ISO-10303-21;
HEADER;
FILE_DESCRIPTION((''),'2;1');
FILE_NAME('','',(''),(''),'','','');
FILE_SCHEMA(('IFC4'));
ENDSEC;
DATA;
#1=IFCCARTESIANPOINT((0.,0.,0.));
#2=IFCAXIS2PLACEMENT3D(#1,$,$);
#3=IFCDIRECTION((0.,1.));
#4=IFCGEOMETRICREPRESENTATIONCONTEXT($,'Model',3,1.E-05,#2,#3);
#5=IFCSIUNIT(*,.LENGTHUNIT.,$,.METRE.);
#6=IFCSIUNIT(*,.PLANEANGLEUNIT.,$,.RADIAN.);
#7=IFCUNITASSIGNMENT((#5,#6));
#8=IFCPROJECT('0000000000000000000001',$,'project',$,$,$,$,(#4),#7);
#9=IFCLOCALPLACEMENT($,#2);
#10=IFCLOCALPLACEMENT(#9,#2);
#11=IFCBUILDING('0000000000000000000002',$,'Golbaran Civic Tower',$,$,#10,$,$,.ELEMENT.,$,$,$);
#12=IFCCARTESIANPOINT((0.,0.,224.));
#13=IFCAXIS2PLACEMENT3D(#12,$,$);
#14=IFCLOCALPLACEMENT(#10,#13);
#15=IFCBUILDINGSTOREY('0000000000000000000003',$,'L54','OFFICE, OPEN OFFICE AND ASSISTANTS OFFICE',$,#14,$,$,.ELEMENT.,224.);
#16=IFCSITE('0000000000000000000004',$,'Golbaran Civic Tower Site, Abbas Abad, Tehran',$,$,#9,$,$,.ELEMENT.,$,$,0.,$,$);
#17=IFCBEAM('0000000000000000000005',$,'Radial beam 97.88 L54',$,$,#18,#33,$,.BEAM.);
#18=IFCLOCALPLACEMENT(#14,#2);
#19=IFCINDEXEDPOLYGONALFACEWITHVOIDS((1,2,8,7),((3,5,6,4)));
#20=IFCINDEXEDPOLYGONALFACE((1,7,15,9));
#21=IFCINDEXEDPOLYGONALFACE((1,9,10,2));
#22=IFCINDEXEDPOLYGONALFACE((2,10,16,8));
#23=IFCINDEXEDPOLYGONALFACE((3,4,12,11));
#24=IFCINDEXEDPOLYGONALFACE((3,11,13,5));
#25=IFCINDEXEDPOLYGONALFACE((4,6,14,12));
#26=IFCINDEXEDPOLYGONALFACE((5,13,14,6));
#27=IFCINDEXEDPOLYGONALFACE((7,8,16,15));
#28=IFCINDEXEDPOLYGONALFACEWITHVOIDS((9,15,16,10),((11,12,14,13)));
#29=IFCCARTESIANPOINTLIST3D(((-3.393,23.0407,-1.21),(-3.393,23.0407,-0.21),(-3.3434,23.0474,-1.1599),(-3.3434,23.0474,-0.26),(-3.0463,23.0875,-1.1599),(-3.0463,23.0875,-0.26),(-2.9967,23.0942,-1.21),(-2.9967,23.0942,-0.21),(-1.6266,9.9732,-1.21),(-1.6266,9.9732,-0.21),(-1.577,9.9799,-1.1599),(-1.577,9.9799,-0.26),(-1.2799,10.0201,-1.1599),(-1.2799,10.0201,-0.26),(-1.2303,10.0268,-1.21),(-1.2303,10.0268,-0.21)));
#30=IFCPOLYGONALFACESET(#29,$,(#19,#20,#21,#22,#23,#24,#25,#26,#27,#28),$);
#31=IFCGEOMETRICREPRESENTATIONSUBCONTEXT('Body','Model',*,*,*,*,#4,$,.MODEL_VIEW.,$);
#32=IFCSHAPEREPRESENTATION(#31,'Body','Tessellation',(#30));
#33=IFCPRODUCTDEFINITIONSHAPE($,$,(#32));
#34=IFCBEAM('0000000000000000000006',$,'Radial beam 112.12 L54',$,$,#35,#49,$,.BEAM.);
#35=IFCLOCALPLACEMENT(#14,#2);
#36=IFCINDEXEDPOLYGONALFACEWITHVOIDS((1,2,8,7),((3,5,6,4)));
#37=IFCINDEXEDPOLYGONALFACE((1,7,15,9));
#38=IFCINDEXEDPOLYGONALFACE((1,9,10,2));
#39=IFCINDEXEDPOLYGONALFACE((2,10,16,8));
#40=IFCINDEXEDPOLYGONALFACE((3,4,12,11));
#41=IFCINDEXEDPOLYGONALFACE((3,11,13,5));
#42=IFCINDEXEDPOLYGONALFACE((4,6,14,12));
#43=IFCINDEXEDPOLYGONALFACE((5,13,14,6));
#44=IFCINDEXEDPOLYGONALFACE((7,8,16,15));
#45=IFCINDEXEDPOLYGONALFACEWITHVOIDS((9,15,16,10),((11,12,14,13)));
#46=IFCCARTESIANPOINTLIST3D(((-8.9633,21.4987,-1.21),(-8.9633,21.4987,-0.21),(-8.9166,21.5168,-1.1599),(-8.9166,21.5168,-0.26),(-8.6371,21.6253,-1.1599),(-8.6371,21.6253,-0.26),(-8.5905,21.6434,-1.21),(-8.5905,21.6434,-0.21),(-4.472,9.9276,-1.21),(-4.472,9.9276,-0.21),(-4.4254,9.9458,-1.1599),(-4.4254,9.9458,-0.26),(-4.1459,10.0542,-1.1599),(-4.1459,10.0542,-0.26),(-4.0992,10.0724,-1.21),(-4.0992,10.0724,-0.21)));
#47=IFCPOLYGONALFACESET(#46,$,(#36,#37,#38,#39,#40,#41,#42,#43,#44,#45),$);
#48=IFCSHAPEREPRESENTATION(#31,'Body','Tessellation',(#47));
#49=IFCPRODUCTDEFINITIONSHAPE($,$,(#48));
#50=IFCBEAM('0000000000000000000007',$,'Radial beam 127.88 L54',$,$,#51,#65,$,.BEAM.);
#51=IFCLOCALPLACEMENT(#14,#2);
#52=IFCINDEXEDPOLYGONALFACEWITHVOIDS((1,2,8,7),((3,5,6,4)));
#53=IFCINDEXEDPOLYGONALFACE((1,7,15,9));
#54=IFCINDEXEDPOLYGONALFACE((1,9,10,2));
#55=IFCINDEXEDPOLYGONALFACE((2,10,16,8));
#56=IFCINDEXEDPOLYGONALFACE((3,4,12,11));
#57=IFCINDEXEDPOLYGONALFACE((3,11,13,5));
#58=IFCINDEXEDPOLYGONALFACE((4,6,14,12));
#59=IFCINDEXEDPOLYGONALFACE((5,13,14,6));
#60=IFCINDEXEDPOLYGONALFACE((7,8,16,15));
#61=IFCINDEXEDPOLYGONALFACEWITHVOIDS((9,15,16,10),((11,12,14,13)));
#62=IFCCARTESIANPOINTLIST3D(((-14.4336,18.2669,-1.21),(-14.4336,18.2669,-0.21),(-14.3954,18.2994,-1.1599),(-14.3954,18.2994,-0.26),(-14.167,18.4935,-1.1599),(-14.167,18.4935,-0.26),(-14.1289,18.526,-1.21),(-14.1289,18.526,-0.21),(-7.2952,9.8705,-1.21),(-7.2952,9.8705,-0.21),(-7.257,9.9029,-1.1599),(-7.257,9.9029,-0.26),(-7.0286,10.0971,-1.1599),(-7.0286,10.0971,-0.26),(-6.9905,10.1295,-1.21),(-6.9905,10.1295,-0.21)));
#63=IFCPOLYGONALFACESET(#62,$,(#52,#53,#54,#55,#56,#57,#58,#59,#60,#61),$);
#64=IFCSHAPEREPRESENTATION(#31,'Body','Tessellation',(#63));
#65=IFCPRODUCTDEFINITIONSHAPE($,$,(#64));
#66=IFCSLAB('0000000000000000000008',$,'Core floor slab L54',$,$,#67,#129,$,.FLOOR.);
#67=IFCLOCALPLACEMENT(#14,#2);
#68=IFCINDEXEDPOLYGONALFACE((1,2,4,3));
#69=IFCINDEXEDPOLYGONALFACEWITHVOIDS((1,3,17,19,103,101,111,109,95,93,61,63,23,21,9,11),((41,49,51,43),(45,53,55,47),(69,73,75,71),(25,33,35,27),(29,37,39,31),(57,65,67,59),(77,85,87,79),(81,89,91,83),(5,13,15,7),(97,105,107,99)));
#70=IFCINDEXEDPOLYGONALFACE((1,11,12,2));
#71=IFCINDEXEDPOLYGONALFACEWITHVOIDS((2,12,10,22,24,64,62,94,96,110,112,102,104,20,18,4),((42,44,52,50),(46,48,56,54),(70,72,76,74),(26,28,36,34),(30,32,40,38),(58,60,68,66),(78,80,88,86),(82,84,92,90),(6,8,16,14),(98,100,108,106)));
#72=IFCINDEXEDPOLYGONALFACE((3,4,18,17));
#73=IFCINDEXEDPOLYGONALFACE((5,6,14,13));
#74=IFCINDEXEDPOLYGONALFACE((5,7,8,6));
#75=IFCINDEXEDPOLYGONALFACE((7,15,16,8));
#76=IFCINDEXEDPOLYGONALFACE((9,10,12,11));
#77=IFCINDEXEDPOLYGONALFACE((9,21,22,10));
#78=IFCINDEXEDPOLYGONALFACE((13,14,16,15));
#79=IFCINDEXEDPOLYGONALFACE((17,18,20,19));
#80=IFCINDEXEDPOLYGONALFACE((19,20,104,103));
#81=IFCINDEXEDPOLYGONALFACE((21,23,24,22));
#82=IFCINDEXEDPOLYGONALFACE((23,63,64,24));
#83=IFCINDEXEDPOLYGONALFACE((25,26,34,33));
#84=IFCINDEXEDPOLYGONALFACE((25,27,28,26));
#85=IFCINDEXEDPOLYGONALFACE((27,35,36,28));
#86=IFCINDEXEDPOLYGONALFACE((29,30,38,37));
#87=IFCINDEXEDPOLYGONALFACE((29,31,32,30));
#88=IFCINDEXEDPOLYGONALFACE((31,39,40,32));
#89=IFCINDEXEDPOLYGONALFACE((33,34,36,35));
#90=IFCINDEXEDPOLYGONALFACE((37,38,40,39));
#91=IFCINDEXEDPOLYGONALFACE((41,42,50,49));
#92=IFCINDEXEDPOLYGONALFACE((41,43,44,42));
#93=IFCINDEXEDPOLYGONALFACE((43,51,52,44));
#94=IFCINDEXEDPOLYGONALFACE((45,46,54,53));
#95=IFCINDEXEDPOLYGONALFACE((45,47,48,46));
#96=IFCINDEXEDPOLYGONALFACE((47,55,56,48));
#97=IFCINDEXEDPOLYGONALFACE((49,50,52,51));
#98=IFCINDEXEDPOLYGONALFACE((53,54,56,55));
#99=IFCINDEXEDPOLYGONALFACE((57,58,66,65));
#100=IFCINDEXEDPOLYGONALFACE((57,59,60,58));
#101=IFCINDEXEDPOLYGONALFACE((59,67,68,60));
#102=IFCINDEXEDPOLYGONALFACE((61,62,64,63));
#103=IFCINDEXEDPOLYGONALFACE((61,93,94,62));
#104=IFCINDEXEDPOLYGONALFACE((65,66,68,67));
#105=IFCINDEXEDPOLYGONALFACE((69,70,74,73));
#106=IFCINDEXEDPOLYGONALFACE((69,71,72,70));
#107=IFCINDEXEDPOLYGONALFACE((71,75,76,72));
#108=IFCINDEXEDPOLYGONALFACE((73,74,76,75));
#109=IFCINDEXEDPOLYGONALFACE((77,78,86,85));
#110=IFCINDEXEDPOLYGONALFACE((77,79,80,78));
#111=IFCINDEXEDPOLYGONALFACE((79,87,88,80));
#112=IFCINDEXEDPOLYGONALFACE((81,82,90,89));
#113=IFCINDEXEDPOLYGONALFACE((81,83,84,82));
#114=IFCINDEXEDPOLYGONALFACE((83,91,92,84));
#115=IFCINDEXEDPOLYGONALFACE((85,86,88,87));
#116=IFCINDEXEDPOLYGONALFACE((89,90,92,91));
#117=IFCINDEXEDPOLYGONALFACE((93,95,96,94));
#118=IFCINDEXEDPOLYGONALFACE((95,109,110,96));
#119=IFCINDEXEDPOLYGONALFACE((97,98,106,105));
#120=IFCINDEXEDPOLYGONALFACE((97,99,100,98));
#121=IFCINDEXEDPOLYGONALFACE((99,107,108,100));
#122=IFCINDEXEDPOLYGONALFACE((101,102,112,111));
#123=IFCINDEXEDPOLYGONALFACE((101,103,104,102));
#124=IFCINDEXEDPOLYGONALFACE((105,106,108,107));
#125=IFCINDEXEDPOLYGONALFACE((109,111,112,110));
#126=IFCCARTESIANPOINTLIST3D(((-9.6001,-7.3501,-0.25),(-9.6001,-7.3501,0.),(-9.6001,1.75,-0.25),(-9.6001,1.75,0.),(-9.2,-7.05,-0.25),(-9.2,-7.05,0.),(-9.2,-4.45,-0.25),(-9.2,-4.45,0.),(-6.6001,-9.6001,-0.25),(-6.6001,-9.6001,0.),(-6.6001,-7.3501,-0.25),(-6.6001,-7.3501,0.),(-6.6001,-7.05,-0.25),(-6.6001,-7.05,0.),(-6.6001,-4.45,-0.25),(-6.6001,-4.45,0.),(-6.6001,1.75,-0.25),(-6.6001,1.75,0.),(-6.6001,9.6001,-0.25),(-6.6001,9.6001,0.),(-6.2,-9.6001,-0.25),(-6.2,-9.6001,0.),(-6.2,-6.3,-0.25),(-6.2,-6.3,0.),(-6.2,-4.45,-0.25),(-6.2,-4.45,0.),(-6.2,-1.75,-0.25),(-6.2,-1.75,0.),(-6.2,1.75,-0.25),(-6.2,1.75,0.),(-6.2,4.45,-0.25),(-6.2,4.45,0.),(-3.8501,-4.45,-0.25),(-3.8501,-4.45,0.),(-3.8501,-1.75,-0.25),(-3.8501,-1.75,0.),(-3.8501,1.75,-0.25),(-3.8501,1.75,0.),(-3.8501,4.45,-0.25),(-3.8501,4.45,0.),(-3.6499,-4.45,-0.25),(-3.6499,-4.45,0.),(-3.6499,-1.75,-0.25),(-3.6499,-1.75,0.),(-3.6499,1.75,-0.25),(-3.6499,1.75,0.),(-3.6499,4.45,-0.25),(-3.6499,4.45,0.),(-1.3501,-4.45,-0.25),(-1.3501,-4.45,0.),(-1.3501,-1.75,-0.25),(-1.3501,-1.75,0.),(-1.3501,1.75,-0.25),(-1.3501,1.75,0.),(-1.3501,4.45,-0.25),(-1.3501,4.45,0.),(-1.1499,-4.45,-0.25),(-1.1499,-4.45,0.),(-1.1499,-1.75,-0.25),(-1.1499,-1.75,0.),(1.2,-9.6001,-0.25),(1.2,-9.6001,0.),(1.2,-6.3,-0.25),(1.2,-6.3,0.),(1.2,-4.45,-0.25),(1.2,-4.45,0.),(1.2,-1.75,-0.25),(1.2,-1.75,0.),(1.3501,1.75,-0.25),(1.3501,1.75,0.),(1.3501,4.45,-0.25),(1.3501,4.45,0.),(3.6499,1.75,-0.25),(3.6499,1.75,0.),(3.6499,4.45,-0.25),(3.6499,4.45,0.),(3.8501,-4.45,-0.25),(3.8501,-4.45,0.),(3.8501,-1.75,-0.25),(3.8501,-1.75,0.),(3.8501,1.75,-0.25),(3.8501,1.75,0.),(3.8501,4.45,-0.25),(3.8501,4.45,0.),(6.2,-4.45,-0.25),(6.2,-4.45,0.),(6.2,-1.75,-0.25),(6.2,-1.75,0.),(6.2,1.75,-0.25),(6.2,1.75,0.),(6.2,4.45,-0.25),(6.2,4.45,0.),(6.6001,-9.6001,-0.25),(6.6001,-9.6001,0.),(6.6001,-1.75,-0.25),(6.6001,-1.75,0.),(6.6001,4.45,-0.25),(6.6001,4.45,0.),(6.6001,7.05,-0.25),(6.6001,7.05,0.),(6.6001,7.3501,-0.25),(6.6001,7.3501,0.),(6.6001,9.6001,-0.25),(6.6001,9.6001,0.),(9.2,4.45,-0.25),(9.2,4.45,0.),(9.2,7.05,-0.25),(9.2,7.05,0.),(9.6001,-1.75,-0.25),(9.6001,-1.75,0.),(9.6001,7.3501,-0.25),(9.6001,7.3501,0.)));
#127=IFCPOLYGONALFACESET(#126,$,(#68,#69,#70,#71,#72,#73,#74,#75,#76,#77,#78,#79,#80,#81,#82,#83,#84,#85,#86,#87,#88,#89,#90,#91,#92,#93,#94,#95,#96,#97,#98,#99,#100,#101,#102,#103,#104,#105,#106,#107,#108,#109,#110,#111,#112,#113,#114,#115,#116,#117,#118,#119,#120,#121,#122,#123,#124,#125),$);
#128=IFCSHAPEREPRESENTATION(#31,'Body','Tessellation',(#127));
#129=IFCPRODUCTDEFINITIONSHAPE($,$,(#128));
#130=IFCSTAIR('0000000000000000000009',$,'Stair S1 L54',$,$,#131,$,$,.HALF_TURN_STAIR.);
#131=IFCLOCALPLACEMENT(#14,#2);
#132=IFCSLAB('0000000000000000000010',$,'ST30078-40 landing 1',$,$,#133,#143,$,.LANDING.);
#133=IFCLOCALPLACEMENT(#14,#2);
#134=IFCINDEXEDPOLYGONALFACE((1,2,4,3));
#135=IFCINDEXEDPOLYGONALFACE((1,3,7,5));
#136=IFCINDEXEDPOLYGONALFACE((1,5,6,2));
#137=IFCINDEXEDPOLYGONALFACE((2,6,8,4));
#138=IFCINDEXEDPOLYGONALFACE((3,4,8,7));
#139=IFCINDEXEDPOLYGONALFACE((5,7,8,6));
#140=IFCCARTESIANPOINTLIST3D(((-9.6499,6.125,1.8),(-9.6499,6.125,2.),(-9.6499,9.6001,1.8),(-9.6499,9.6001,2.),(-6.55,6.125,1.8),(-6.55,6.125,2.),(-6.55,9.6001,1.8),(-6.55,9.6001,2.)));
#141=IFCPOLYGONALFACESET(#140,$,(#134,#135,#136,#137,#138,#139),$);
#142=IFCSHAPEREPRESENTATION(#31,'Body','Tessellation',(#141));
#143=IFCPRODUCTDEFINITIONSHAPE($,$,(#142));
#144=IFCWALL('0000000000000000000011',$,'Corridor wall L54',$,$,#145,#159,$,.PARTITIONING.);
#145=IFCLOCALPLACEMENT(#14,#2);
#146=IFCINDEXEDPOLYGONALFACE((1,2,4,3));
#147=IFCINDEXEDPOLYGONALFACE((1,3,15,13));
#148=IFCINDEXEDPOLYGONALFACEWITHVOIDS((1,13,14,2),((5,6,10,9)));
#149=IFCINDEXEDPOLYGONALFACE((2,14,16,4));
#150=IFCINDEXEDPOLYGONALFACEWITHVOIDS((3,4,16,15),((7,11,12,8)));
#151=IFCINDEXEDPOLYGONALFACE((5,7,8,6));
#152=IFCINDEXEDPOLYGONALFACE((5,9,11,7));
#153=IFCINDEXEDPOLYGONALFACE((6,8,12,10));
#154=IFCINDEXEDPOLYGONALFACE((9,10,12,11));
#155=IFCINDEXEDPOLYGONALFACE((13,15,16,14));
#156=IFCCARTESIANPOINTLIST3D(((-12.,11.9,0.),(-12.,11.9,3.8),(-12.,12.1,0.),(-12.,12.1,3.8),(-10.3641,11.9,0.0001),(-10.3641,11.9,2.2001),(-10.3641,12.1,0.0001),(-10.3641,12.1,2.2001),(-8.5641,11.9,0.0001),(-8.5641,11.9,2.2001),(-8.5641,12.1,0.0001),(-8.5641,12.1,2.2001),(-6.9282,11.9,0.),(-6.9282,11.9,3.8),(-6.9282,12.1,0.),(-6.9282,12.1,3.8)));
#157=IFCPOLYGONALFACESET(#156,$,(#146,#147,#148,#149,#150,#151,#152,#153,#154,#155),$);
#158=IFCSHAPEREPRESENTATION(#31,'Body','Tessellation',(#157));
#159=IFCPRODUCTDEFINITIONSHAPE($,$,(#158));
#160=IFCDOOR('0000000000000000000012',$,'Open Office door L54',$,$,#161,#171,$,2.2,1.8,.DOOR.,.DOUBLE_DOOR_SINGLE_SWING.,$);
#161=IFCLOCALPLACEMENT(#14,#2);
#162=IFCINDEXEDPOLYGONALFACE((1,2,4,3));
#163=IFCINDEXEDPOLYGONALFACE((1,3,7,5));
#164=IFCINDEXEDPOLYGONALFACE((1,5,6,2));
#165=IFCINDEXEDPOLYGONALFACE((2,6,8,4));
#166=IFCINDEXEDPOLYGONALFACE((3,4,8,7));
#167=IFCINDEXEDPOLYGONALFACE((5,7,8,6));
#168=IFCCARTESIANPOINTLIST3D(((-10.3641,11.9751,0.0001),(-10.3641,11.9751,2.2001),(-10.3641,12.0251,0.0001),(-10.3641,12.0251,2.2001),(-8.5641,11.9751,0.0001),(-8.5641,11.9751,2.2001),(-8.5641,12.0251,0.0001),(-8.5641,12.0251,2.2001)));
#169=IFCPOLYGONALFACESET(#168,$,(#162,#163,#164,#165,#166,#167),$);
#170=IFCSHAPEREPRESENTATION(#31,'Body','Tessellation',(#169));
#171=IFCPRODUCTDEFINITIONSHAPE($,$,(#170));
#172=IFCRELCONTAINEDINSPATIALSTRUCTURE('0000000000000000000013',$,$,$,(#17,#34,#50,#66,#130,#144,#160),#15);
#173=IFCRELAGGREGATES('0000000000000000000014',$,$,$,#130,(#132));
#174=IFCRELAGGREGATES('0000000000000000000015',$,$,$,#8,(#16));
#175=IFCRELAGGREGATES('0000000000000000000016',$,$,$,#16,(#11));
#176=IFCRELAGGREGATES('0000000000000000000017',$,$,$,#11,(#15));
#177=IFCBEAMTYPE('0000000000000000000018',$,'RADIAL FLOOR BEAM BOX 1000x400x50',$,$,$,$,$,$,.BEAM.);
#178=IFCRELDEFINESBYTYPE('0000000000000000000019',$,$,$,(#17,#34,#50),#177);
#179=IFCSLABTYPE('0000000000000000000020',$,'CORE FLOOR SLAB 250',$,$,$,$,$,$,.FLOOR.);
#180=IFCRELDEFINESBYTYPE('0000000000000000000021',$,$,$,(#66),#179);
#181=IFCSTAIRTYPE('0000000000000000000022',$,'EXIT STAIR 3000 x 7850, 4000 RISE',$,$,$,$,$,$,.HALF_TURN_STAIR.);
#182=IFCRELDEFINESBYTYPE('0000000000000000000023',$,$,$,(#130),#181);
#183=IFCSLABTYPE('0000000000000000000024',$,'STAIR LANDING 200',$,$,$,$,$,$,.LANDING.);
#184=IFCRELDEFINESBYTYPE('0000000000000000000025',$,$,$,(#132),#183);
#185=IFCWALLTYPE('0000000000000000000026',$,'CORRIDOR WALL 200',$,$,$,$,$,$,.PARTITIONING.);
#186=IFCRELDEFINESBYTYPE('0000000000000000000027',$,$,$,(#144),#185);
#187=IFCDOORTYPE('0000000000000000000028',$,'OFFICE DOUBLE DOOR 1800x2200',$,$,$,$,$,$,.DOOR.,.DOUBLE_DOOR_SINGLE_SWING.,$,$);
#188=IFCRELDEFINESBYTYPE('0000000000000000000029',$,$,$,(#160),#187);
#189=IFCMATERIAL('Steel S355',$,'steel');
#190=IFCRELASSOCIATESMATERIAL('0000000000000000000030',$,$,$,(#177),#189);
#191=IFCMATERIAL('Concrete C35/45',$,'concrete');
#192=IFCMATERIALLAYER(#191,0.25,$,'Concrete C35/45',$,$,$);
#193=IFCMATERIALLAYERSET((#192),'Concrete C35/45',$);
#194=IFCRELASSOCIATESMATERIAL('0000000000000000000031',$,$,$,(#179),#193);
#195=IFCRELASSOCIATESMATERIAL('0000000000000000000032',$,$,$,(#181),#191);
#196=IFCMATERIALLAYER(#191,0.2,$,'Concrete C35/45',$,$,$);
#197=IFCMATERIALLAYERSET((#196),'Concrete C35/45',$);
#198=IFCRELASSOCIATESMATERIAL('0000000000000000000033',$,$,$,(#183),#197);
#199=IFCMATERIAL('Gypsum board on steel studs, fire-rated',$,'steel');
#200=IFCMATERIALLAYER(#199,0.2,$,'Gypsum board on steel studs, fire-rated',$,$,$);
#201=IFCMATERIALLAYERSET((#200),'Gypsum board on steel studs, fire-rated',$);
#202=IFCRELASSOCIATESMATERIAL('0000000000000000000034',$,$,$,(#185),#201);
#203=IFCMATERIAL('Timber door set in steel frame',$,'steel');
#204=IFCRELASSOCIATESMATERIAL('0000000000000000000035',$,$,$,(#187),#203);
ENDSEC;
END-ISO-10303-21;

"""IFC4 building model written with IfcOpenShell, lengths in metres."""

from ifc_helpers import new_model, si_unit, direction, frame, frame_2d, origin, origin_2d, place, context, subcontext, project, spatial, polyline, rectangle, hollow_rectangle, outline, extrude, material, layer, layer_set, material_profile, profile_set, type_object, element, fill, aggregate, save


model = new_model("IFC4")

# Units and contexts
model_context = context("Model", 3, precision=1e-05, world=origin(), true_north=direction((0.0, 1.0)))
body_context = subcontext(model_context, "Body", "Model", "MODEL_VIEW")
ifc_project = project(units=[si_unit("LENGTHUNIT", "METRE"), si_unit("PLANEANGLEUNIT", "RADIAN")], contexts=[model_context])

# Site, building, storey
site_placement = place(None, origin())
site = spatial("IfcSite", under=ifc_project, at=site_placement, Name="Golbaran Civic Tower Site, Abbas Abad, Tehran", CompositionType="ELEMENT", RefElevation=0.0)
building_placement = place(site_placement, origin())
building = spatial("IfcBuilding", under=site, at=building_placement, Name="Golbaran Civic Tower", CompositionType="ELEMENT")
storey_placement = place(building_placement, frame((0.0, 0.0, 224.0)))
storey = spatial("IfcBuildingStorey", under=building, at=storey_placement, Name="L54", Description="OFFICE, OPEN OFFICE AND ASSISTANTS OFFICE", CompositionType="ELEMENT", Elevation=224.0)

# Beams
ifc_material_1 = material(Name="Steel S355", Category="steel")
ifc_material_profile_1 = material_profile(ifc_material_1, hollow_rectangle(XDim=0.3999, YDim=1.0, WallThickness=0.05, at=origin_2d()), Name="BOX 1000x400x50")
ifc_profile_set_1 = profile_set([ifc_material_profile_1], Name="Steel S355")
beam_type_1 = type_object("IfcBeamType", Name="RADIAL FLOOR BEAM BOX 1000x400x50", PredefinedType="BEAM", material=ifc_profile_set_1)
beam_1_placement = place(storey_placement, frame((-1.4285, 10.0, -0.71), z_axis=(-0.133955, 0.990987, 0.0), x_axis=(-0.990987, -0.133955, 0.0)))
element("IfcBeam", 1, at=beam_1_placement, inside=storey, type_object=beam_type_1, Name="Radial beam 97.88 L54", PredefinedType="BEAM", context=body_context, shape_type="SweptSolid", body=[
    extrude(hollow_rectangle(XDim=0.3999, YDim=1.0, WallThickness=0.05, at=origin_2d()), origin(), (0.0, 0.0, 1.0), 13.1863),
])
beam_2_placement = place(storey_placement, frame((-4.2856, 10.0, -0.71), z_axis=(-0.361842, 0.93224, 0.0), x_axis=(-0.93224, -0.361842, 0.0)))
element("IfcBeam", 2, at=beam_2_placement, inside=storey, type_object=beam_type_1, Name="Radial beam 112.12 L54", PredefinedType="BEAM", context=body_context, shape_type="SweptSolid", body=[
    extrude(hollow_rectangle(XDim=0.3999, YDim=1.0, WallThickness=0.05, at=origin_2d()), origin(), (0.0, 0.0, 1.0), 12.4121),
])
beam_3_placement = place(storey_placement, frame((-7.1428, 10.0, -0.71), z_axis=(-0.647723, 0.761876, 0.0), x_axis=(-0.761876, -0.647723, 0.0)))
element("IfcBeam", 3, at=beam_3_placement, inside=storey, type_object=beam_type_1, Name="Radial beam 127.88 L54", PredefinedType="BEAM", context=body_context, shape_type="SweptSolid", body=[
    extrude(hollow_rectangle(XDim=0.3999, YDim=1.0, WallThickness=0.05, at=origin_2d()), origin(), (0.0, 0.0, 1.0), 11.0208),
])

# Slab
ifc_material_2 = material(Name="Concrete C35/45", Category="concrete")
ifc_layer_1 = layer(ifc_material_2, 0.25, Name="Concrete C35/45")
ifc_layer_set_1 = layer_set([ifc_layer_1], Name="Concrete C35/45")
slab_type_1 = type_object("IfcSlabType", Name="CORE FLOOR SLAB 250", PredefinedType="FLOOR", material=ifc_layer_set_1)
slab_1_placement = place(storey_placement, frame((0.0, 0.0, -0.25)))
element("IfcSlab", 4, at=slab_1_placement, inside=storey, type_object=slab_type_1, Name="Core floor slab L54", PredefinedType="FLOOR", context=body_context, shape_type="SweptSolid", body=[
    extrude(outline(polyline([(6.6001, -1.75), (6.6001, -9.6001), (1.2, -9.6001), (1.2, -6.3), (-6.2, -6.3), (-6.2, -9.6001), (-6.6001, -9.6001), (-6.6001, -7.3501), (-9.6001, -7.3501), (-9.6001, 1.75), (-6.6001, 1.75), (-6.6001, 9.6001), (6.6001, 9.6001), (6.6001, 7.3501), (9.6001, 7.3501), (9.6001, -1.75), (6.6001, -1.75)]), holes=[polyline([(9.2, 7.05), (6.6001, 7.05), (6.6001, 4.45), (9.2, 4.45), (9.2, 7.05)]), polyline([(6.2, -1.75), (3.8501, -1.75), (3.8501, -4.45), (6.2, -4.45), (6.2, -1.75)]), polyline([(6.2, 4.45), (3.8501, 4.45), (3.8501, 1.75), (6.2, 1.75), (6.2, 4.45)]), polyline([(3.6499, 4.45), (1.3501, 4.45), (1.3501, 1.75), (3.6499, 1.75), (3.6499, 4.45)]), polyline([(1.2, -1.75), (-1.1499, -1.75), (-1.1499, -4.45), (1.2, -4.45), (1.2, -1.75)]), polyline([(-1.3501, 4.45), (-3.6499, 4.45), (-3.6499, 1.75), (-1.3501, 1.75), (-1.3501, 4.45)]), polyline([(-1.3501, -1.75), (-3.6499, -1.75), (-3.6499, -4.45), (-1.3501, -4.45), (-1.3501, -1.75)]), polyline([(-3.8501, -1.75), (-6.2, -1.75), (-6.2, -4.45), (-3.8501, -4.45), (-3.8501, -1.75)]), polyline([(-3.8501, 4.45), (-6.2, 4.45), (-6.2, 1.75), (-3.8501, 1.75), (-3.8501, 4.45)]), polyline([(-6.6001, -4.45), (-9.2, -4.45), (-9.2, -7.05), (-6.6001, -7.05), (-6.6001, -4.45)])]), origin(), (0.0, 0.0, 1.0), 0.25),
])

# Stair, slab
stair_type = type_object("IfcStairType", Name="EXIT STAIR 3000 x 7850, 4000 RISE", PredefinedType="HALF_TURN_STAIR", material=ifc_material_2)
stair_placement = place(storey_placement, origin())
stair = element("IfcStair", 5, at=stair_placement, inside=storey, type_object=stair_type, Name="Stair S1 L54", PredefinedType="HALF_TURN_STAIR")
ifc_layer_2 = layer(ifc_material_2, 0.2, Name="Concrete C35/45")
ifc_layer_set_2 = layer_set([ifc_layer_2], Name="Concrete C35/45")
slab_type_2 = type_object("IfcSlabType", Name="STAIR LANDING 200", PredefinedType="LANDING", material=ifc_layer_set_2)
slab_2_placement = place(storey_placement, frame((0.0, 0.0, 1.8)))
slab_2 = element("IfcSlab", 6, at=slab_2_placement, type_object=slab_type_2, Name="ST30078-40 landing 1", PredefinedType="LANDING", context=body_context, shape_type="SweptSolid", body=[
    extrude(outline(polyline([(-9.6499, 6.125), (-9.6499, 9.6001), (-6.55, 9.6001), (-6.55, 6.125), (-9.6499, 6.125)])), origin(), (0.0, 0.0, 1.0), 0.2),
])

# Wall, opening, door
ifc_material_3 = material(Name="Gypsum board on steel studs, fire-rated", Category="steel")
ifc_layer_3 = layer(ifc_material_3, 0.2, Name="Gypsum board on steel studs, fire-rated")
ifc_layer_set_3 = layer_set([ifc_layer_3], Name="Gypsum board on steel studs, fire-rated")
wall_type_1 = type_object("IfcWallType", Name="CORRIDOR WALL 200", PredefinedType="PARTITIONING", material=ifc_layer_set_3)
wall_1_placement = place(storey_placement, frame((-6.9282, 12.0, 0.0), z_axis=(0.0, 0.0, 1.0), x_axis=(-1.0, 0.0, 0.0)))
wall_1 = element("IfcWall", 7, at=wall_1_placement, inside=storey, type_object=wall_type_1, Name="Corridor wall L54", PredefinedType="PARTITIONING", context=body_context, shape_type="SweptSolid", body=[
    extrude(rectangle(XDim=5.0718, YDim=0.2, at=frame_2d((2.5359, 0.0))), origin(), (0.0, 0.0, 1.0), 3.8),
])
opening_1_placement = place(wall_1_placement, frame((1.636, 0.0, 0.0)))
opening_1 = element("IfcOpeningElement", 8, at=opening_1_placement, cuts=wall_1, PredefinedType="OPENING", context=body_context, shape_type="SweptSolid", body=[
    extrude(rectangle(XDim=1.8, YDim=2.2, at=frame_2d((0.8999, 1.1001))), frame((0.0, 0.1099, 0.0), z_axis=(0.0, -1.0, 0.0), x_axis=(1.0, 0.0, 0.0)), (0.0, 0.0, 1.0), 0.22),
])
ifc_material_4 = material(Name="Timber door set in steel frame", Category="steel")
door_type_1 = type_object("IfcDoorType", Name="OFFICE DOUBLE DOOR 1800x2200", OperationType="DOUBLE_DOOR_SINGLE_SWING", PredefinedType="DOOR", material=ifc_material_4)
door_1_placement = place(opening_1_placement, origin())
door_1 = element("IfcDoor", 9, at=door_1_placement, inside=storey, type_object=door_type_1, Name="Open Office door L54", OperationType="DOUBLE_DOOR_SINGLE_SWING", OverallHeight=2.2, OverallWidth=1.8, PredefinedType="DOOR", context=body_context, shape_type="SweptSolid", body=[
    extrude(rectangle(XDim=1.8, YDim=2.2, at=frame_2d((0.8999, 1.1001))), frame((0.0, 0.0249, 0.0), z_axis=(0.0, -1.0, 0.0), x_axis=(1.0, 0.0, 0.0)), (0.0, 0.0, 1.0), 0.05),
])
fill(opening_1, door_1)

aggregate(stair, [slab_2])

save(model, "model.ifc")
